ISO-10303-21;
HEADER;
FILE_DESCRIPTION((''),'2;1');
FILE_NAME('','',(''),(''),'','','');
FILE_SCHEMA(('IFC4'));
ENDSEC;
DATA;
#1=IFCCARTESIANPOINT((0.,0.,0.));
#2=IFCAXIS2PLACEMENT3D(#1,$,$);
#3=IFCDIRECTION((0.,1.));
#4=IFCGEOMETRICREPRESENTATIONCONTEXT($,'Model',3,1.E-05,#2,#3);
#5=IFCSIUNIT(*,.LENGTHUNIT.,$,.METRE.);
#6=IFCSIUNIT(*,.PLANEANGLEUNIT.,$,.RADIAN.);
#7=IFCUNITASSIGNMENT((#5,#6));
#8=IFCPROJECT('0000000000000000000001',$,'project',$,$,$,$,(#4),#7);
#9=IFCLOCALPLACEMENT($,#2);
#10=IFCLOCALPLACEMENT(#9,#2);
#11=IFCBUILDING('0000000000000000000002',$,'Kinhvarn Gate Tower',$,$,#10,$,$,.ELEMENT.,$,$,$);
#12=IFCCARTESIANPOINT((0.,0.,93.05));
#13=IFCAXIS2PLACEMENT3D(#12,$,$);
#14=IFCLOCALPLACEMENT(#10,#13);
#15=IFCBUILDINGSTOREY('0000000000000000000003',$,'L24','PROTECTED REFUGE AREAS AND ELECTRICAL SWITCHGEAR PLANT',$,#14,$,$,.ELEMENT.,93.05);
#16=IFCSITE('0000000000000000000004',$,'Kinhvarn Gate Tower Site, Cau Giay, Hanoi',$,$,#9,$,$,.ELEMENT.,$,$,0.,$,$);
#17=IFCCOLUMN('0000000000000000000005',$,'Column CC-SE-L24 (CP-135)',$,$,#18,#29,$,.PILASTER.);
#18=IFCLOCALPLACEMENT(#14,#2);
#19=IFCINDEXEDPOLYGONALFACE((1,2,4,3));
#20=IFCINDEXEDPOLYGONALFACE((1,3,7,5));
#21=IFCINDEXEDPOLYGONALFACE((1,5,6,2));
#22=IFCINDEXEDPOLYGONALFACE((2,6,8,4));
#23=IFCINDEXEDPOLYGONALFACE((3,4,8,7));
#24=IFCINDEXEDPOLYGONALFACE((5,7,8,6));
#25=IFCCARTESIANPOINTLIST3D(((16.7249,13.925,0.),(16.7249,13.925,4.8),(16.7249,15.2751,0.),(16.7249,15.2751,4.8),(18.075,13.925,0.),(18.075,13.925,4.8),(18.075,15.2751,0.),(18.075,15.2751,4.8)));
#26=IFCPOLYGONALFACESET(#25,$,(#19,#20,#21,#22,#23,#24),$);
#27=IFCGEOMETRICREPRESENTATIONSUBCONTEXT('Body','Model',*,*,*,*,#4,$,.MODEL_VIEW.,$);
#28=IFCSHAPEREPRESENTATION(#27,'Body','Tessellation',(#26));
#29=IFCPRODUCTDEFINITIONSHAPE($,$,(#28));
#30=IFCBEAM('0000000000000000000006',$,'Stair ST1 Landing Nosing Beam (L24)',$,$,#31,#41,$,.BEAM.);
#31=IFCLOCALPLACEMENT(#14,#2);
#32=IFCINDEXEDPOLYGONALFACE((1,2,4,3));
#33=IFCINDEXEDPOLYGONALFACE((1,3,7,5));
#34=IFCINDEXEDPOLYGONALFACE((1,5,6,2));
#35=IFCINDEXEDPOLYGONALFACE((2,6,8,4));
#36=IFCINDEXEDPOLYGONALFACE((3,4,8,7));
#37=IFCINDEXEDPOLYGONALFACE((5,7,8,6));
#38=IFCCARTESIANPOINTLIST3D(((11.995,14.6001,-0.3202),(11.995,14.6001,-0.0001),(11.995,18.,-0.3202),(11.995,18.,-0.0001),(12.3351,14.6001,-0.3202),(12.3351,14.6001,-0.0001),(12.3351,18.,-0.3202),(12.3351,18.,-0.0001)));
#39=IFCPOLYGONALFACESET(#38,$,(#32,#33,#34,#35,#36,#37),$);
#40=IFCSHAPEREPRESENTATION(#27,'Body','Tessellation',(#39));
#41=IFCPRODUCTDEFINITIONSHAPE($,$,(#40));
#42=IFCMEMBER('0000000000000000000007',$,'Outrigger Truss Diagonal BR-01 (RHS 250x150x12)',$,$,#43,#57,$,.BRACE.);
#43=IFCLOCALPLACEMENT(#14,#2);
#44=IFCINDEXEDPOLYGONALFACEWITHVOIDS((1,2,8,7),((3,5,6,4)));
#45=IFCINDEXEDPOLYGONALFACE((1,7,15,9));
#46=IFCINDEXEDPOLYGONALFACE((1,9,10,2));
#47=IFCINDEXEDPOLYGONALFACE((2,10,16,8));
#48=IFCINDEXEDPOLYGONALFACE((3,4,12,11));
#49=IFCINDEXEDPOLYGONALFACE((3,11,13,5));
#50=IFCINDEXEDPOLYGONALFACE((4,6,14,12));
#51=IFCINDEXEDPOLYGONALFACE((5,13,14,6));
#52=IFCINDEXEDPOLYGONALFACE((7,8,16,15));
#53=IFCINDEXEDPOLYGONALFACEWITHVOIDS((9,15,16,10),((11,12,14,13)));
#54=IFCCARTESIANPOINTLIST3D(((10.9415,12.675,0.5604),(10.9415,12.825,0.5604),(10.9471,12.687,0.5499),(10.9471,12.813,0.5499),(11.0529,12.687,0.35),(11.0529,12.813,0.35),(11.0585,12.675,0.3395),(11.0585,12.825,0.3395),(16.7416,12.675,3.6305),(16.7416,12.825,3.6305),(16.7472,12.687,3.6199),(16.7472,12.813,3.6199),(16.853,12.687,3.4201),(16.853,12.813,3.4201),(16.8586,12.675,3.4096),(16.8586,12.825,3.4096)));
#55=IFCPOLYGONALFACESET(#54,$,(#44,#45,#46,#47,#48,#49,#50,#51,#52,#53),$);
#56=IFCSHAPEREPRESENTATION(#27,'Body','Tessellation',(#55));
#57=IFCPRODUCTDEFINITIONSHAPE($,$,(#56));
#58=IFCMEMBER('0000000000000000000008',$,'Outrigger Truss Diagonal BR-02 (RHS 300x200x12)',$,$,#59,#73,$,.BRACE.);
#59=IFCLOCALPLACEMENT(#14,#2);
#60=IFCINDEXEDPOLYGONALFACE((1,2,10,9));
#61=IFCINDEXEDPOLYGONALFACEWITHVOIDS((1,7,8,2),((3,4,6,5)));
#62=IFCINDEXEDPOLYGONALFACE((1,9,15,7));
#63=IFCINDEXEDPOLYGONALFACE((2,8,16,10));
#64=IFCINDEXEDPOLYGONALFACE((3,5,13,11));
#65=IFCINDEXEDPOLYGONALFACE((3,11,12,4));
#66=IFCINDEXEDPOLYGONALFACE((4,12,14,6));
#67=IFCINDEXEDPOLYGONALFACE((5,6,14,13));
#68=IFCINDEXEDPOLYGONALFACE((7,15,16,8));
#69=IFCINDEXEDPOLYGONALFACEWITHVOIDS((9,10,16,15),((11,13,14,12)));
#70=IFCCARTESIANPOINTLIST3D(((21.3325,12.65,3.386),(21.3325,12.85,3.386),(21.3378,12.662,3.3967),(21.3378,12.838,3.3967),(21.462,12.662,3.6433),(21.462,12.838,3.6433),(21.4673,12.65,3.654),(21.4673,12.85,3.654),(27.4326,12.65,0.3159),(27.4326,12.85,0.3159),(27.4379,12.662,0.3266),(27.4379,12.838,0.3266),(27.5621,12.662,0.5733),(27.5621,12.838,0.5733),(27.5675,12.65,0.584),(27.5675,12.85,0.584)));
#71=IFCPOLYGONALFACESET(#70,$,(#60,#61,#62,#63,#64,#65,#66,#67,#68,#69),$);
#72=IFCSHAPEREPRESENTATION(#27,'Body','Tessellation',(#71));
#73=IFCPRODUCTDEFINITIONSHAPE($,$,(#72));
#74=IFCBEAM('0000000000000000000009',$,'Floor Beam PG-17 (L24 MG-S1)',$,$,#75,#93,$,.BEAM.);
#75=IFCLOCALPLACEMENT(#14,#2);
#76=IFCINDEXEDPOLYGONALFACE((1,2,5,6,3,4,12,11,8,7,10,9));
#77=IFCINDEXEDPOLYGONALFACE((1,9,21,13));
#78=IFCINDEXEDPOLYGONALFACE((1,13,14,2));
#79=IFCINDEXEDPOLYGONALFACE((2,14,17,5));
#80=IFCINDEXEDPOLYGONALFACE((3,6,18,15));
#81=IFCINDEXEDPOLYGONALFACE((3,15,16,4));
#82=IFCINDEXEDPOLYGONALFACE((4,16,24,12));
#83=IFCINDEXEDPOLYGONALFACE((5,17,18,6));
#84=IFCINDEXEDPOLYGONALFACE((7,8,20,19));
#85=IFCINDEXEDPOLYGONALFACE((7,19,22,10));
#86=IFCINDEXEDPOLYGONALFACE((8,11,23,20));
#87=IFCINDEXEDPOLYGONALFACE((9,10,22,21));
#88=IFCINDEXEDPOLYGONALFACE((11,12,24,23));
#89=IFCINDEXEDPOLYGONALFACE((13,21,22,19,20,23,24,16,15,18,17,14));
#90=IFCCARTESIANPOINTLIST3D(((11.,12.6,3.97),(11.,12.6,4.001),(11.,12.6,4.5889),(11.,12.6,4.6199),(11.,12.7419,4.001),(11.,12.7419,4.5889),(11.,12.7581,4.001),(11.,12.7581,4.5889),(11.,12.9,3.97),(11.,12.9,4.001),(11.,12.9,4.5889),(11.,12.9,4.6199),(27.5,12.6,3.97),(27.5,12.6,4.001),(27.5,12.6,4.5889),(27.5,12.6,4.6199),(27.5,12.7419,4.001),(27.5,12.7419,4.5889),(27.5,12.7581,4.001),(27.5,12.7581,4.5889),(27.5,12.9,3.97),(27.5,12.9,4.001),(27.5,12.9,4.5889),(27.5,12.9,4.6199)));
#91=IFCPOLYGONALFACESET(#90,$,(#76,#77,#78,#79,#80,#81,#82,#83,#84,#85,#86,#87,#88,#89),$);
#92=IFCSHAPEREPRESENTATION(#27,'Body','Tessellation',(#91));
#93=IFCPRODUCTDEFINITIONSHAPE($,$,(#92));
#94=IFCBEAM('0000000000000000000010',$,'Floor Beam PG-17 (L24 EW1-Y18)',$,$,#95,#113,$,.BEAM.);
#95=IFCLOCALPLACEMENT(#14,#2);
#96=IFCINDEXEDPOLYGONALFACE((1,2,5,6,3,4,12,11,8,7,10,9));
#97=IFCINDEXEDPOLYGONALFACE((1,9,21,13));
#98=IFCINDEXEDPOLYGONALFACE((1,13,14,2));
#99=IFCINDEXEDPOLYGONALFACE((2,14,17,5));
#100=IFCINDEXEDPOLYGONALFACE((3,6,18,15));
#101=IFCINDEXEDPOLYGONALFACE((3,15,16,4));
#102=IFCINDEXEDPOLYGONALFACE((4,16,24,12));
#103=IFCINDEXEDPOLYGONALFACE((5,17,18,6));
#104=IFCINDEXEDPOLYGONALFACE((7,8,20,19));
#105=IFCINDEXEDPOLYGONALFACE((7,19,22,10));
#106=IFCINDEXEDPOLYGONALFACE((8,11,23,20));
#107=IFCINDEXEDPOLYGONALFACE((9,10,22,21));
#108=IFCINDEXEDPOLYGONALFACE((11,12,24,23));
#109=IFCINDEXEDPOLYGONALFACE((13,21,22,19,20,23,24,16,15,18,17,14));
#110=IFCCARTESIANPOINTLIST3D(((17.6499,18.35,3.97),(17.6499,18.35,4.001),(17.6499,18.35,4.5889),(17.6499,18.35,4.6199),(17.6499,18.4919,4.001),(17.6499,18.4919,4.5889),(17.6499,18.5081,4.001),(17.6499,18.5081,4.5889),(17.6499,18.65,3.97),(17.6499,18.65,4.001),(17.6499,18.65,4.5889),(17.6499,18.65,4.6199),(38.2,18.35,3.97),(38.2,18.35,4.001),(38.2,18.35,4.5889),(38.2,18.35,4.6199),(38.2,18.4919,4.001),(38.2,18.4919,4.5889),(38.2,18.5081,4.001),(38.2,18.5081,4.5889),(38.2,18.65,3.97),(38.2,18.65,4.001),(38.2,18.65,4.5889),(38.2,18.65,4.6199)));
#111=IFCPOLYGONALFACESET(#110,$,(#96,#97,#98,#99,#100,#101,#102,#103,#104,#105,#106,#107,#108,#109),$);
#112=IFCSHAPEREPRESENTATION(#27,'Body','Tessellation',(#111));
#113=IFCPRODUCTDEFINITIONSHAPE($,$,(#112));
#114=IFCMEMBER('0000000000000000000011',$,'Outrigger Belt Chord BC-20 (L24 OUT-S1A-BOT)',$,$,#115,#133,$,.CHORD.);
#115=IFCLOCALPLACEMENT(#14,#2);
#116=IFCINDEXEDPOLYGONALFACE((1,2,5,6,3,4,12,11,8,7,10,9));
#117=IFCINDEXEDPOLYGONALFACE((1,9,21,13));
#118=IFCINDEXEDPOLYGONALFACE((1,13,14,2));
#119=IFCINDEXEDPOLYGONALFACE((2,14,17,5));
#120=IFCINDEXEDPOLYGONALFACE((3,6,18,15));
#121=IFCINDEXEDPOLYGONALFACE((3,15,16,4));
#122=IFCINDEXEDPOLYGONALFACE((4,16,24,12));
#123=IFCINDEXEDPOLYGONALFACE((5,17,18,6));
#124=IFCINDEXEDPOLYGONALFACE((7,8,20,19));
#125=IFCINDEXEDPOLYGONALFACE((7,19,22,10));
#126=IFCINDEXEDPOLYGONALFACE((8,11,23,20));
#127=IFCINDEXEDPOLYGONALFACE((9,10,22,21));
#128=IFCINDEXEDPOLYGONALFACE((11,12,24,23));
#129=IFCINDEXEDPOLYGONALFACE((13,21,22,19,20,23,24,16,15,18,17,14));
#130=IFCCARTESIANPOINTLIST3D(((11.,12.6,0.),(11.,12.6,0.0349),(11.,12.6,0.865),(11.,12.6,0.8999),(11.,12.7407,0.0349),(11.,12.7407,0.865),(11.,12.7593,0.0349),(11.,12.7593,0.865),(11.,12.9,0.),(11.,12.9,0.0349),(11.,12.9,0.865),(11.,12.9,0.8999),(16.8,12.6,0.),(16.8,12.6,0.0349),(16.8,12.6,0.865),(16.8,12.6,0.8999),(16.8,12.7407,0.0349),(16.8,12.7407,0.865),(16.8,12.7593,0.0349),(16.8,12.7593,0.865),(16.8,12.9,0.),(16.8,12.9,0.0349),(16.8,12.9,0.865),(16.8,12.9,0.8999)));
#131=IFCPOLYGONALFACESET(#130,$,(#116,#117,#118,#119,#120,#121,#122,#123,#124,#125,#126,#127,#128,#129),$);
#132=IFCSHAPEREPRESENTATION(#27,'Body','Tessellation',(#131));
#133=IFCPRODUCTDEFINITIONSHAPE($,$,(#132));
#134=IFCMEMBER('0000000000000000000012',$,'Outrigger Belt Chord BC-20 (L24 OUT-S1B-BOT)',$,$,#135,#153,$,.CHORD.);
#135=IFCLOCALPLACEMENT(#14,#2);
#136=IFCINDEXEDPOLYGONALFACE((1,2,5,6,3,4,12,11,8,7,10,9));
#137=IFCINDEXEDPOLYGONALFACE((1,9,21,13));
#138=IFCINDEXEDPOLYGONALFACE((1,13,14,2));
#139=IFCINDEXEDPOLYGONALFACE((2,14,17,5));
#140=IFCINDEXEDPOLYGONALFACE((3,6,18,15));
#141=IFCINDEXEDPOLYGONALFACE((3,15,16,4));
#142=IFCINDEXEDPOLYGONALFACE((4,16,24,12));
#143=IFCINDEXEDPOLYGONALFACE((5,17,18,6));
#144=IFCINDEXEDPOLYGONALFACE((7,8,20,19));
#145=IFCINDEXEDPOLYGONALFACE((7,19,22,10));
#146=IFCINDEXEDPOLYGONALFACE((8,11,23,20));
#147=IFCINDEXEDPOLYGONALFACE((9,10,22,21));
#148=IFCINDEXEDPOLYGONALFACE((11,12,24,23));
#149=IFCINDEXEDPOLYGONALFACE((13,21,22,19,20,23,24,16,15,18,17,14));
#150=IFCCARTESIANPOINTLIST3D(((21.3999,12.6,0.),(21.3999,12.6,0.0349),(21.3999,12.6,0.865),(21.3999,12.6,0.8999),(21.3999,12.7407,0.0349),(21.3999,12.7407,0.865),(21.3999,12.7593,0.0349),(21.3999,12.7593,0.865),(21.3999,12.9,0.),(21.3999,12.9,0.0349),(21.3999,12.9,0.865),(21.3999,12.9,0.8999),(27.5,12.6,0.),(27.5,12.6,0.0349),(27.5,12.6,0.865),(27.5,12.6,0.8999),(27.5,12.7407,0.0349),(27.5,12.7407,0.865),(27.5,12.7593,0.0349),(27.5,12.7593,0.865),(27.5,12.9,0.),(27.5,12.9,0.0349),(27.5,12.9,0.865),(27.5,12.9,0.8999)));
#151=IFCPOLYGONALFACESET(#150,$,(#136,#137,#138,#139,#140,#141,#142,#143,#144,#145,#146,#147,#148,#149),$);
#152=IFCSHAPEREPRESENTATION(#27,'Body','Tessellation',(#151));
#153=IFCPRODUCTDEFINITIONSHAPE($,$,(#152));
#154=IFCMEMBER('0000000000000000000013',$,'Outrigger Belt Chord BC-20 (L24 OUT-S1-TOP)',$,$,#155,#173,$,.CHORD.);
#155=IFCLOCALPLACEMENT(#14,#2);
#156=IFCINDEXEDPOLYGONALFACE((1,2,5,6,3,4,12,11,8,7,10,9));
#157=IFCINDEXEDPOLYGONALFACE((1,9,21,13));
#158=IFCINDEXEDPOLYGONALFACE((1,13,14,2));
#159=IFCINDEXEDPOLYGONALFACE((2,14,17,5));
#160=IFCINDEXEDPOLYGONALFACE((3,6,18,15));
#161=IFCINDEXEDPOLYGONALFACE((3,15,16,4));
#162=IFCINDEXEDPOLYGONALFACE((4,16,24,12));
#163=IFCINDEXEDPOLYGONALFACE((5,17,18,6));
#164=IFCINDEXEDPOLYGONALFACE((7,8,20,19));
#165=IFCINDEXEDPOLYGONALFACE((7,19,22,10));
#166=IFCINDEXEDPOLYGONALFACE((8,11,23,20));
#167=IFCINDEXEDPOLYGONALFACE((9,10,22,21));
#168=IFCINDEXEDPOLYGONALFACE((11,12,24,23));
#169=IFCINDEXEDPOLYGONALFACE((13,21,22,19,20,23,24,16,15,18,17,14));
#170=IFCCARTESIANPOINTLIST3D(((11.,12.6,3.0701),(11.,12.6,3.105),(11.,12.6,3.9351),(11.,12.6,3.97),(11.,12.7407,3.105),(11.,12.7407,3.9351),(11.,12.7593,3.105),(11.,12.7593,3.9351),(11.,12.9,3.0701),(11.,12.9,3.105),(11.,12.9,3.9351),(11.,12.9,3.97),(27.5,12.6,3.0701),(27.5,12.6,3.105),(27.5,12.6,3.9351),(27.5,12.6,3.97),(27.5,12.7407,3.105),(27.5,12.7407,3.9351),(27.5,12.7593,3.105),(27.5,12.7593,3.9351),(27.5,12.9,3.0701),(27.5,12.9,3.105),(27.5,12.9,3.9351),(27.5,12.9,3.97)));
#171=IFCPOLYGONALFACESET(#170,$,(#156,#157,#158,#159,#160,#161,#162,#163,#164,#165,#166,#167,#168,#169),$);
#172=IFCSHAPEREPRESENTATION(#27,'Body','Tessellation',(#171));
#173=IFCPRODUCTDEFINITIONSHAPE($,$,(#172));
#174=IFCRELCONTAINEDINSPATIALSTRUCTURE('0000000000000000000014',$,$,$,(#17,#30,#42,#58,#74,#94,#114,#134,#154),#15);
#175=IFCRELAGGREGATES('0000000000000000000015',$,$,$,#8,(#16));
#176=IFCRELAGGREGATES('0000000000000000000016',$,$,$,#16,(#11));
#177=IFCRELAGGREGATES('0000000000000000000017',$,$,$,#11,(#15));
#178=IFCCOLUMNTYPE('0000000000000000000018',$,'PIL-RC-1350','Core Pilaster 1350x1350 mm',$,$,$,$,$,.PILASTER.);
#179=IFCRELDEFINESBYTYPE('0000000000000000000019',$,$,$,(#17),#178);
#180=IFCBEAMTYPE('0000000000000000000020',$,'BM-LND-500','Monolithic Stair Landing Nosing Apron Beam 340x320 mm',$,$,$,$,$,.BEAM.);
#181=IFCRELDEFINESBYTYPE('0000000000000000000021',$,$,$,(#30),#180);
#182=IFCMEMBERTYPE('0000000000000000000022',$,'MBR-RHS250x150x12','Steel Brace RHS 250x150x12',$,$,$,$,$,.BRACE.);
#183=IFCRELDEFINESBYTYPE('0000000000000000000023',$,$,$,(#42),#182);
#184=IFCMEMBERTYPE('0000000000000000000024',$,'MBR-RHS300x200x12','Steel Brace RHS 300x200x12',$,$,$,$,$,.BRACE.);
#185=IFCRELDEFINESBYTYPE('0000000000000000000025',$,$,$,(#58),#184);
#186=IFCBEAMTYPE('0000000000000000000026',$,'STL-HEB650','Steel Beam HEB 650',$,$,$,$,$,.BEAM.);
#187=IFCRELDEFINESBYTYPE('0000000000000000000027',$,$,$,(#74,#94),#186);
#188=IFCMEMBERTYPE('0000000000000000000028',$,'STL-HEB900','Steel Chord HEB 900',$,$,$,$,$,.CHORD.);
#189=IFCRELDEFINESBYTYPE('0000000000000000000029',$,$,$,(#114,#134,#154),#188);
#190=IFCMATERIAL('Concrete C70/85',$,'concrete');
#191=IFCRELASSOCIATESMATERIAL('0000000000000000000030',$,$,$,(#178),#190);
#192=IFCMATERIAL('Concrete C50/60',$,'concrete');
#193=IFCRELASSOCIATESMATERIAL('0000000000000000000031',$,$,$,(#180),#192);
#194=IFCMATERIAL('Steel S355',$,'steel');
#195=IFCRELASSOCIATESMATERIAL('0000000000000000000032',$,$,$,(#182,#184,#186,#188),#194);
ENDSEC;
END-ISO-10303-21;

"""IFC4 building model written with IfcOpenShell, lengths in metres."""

from ifc_helpers import new_model, si_unit, direction, frame, origin, origin_2d, place, context, subcontext, project, spatial, rectangle, hollow_rectangle, i_section, extrude, material, material_profile, profile_set, type_object, element, save


model = new_model("IFC4")

# Units and contexts
model_context = context("Model", 3, precision=1e-05, world=origin(), true_north=direction((0.0, 1.0)))
body_context = subcontext(model_context, "Body", "Model", "MODEL_VIEW")
ifc_project = project(units=[si_unit("LENGTHUNIT", "METRE"), si_unit("PLANEANGLEUNIT", "RADIAN")], contexts=[model_context])

# Site, building, storey
site_placement = place(None, origin())
site = spatial("IfcSite", under=ifc_project, at=site_placement, Name="Kinhvarn Gate Tower Site, Cau Giay, Hanoi", CompositionType="ELEMENT", RefElevation=0.0)
building_placement = place(site_placement, origin())
building = spatial("IfcBuilding", under=site, at=building_placement, Name="Kinhvarn Gate Tower", CompositionType="ELEMENT")
storey_placement = place(building_placement, frame((0.0, 0.0, 93.05)))
storey = spatial("IfcBuildingStorey", under=building, at=storey_placement, Name="L24", Description="PROTECTED REFUGE AREAS AND ELECTRICAL SWITCHGEAR PLANT", CompositionType="ELEMENT", Elevation=93.05)

# Column
ifc_material_1 = material(Name="Concrete C70/85", Category="concrete")
ifc_material_profile_1 = material_profile(ifc_material_1, rectangle(XDim=1.3501, YDim=1.3501, at=origin_2d()), Name="RC 1350x1350")
ifc_profile_set_1 = profile_set([ifc_material_profile_1], Name="Concrete C70/85")
column_type = type_object("IfcColumnType", Name="PIL-RC-1350", Description="Core Pilaster 1350x1350 mm", PredefinedType="PILASTER", material=ifc_profile_set_1)
column_placement = place(storey_placement, frame((17.3999, 14.6001, 0.0), z_axis=(0.0, 0.0, 1.0), x_axis=(1.0, 0.0, 0.0)))
element("IfcColumn", 1, at=column_placement, inside=storey, type_object=column_type, Name="Column CC-SE-L24 (CP-135)", PredefinedType="PILASTER", context=body_context, shape_type="SweptSolid", body=[
    extrude(rectangle(XDim=1.3501, YDim=1.3501, at=origin_2d()), origin(), (0.0, 0.0, 1.0), 4.8),
])

# Beam
ifc_material_2 = material(Name="Concrete C50/60", Category="concrete")
ifc_material_profile_2 = material_profile(ifc_material_2, rectangle(XDim=0.3401, YDim=0.3201, at=origin_2d()), Name="RC 340x320")
ifc_profile_set_2 = profile_set([ifc_material_profile_2], Name="Concrete C50/60")
beam_type_1 = type_object("IfcBeamType", Name="BM-LND-500", Description="Monolithic Stair Landing Nosing Apron Beam 340x320 mm", PredefinedType="BEAM", material=ifc_profile_set_2)
beam_1_placement = place(storey_placement, frame((12.165, 14.6001, -0.1602), z_axis=(0.0, 1.0, 0.0), x_axis=(-1.0, 0.0, 0.0)))
element("IfcBeam", 2, at=beam_1_placement, inside=storey, type_object=beam_type_1, Name="Stair ST1 Landing Nosing Beam (L24)", PredefinedType="BEAM", context=body_context, shape_type="SweptSolid", body=[
    extrude(rectangle(XDim=0.3401, YDim=0.3201, at=origin_2d()), origin(), (0.0, 0.0, 1.0), 3.3999),
])

# Members
ifc_material_3 = material(Name="Steel S355", Category="steel")
ifc_material_profile_3 = material_profile(ifc_material_3, hollow_rectangle(XDim=0.1499, YDim=0.25, WallThickness=0.012, at=origin_2d()), Name="RHS 250x150x12")
ifc_profile_set_3 = profile_set([ifc_material_profile_3], Name="Steel S355")
member_type_1 = type_object("IfcMemberType", Name="MBR-RHS250x150x12", Description="Steel Brace RHS 250x150x12", PredefinedType="BRACE", material=ifc_profile_set_3)
member_1_placement = place(storey_placement, frame((11.0, 12.75, 0.45), z_axis=(0.883822, 0.0, 0.467823), x_axis=(0.0, 1.0, 0.0)))
element("IfcMember", 3, at=member_1_placement, inside=storey, type_object=member_type_1, Name="Outrigger Truss Diagonal BR-01 (RHS 250x150x12)", PredefinedType="BRACE", context=body_context, shape_type="SweptSolid", body=[
    extrude(hollow_rectangle(XDim=0.1499, YDim=0.25, WallThickness=0.012, at=origin_2d()), origin(), (0.0, 0.0, 1.0), 6.5625),
])
ifc_material_profile_4 = material_profile(ifc_material_3, hollow_rectangle(XDim=0.2, YDim=0.3, WallThickness=0.012, at=origin_2d()), Name="RHS 300x200x12")
ifc_profile_set_4 = profile_set([ifc_material_profile_4], Name="Steel S355")
member_type_2 = type_object("IfcMemberType", Name="MBR-RHS300x200x12", Description="Steel Brace RHS 300x200x12", PredefinedType="BRACE", material=ifc_profile_set_4)
member_2_placement = place(storey_placement, frame((21.3999, 12.75, 3.52), z_axis=(0.893252, 0.0, -0.449557), x_axis=(0.0, 1.0, 0.0)))
element("IfcMember", 4, at=member_2_placement, inside=storey, type_object=member_type_2, Name="Outrigger Truss Diagonal BR-02 (RHS 300x200x12)", PredefinedType="BRACE", context=body_context, shape_type="SweptSolid", body=[
    extrude(hollow_rectangle(XDim=0.2, YDim=0.3, WallThickness=0.012, at=origin_2d()), origin(), (0.0, 0.0, 1.0), 6.8291),
])

# Beams
ifc_material_profile_5 = material_profile(ifc_material_3, i_section(OverallWidth=0.3, OverallDepth=0.6499, WebThickness=0.0161, FlangeThickness=0.031, at=origin_2d()), Name="HEB 650")
ifc_profile_set_5 = profile_set([ifc_material_profile_5], Name="Steel S355")
beam_type_2 = type_object("IfcBeamType", Name="STL-HEB650", Description="Steel Beam HEB 650", PredefinedType="BEAM", material=ifc_profile_set_5)
beam_2_placement = place(storey_placement, frame((11.0, 12.75, 4.2949), z_axis=(1.0, 0.0, 0.0), x_axis=(0.0, 1.0, 0.0)))
element("IfcBeam", 5, at=beam_2_placement, inside=storey, type_object=beam_type_2, Name="Floor Beam PG-17 (L24 MG-S1)", PredefinedType="BEAM", context=body_context, shape_type="SweptSolid", body=[
    extrude(i_section(OverallWidth=0.3, OverallDepth=0.6499, WebThickness=0.0161, FlangeThickness=0.031, at=origin_2d()), origin(), (0.0, 0.0, 1.0), 16.5),
])
beam_3_placement = place(storey_placement, frame((17.6499, 18.5, 4.2949), z_axis=(1.0, 0.0, 0.0), x_axis=(0.0, 1.0, 0.0)))
element("IfcBeam", 6, at=beam_3_placement, inside=storey, type_object=beam_type_2, Name="Floor Beam PG-17 (L24 EW1-Y18)", PredefinedType="BEAM", context=body_context, shape_type="SweptSolid", body=[
    extrude(i_section(OverallWidth=0.3, OverallDepth=0.6499, WebThickness=0.0161, FlangeThickness=0.031, at=origin_2d()), origin(), (0.0, 0.0, 1.0), 20.55),
])

# Members
ifc_material_profile_6 = material_profile(ifc_material_3, i_section(OverallWidth=0.3, OverallDepth=0.8999, WebThickness=0.0186, FlangeThickness=0.0349, at=origin_2d()), Name="HEB 900")
ifc_profile_set_6 = profile_set([ifc_material_profile_6], Name="Steel S355")
member_type_3 = type_object("IfcMemberType", Name="STL-HEB900", Description="Steel Chord HEB 900", PredefinedType="CHORD", material=ifc_profile_set_6)
member_3_placement = place(storey_placement, frame((11.0, 12.75, 0.45), z_axis=(1.0, 0.0, 0.0), x_axis=(0.0, 1.0, 0.0)))
element("IfcMember", 7, at=member_3_placement, inside=storey, type_object=member_type_3, Name="Outrigger Belt Chord BC-20 (L24 OUT-S1A-BOT)", PredefinedType="CHORD", context=body_context, shape_type="SweptSolid", body=[
    extrude(i_section(OverallWidth=0.3, OverallDepth=0.8999, WebThickness=0.0186, FlangeThickness=0.0349, at=origin_2d()), origin(), (0.0, 0.0, 1.0), 5.8),
])
member_4_placement = place(storey_placement, frame((21.3999, 12.75, 0.45), z_axis=(1.0, 0.0, 0.0), x_axis=(0.0, 1.0, 0.0)))
element("IfcMember", 8, at=member_4_placement, inside=storey, type_object=member_type_3, Name="Outrigger Belt Chord BC-20 (L24 OUT-S1B-BOT)", PredefinedType="CHORD", context=body_context, shape_type="SweptSolid", body=[
    extrude(i_section(OverallWidth=0.3, OverallDepth=0.8999, WebThickness=0.0186, FlangeThickness=0.0349, at=origin_2d()), origin(), (0.0, 0.0, 1.0), 6.1001),
])
member_5_placement = place(storey_placement, frame((11.0, 12.75, 3.52), z_axis=(1.0, 0.0, 0.0), x_axis=(0.0, 1.0, 0.0)))
element("IfcMember", 9, at=member_5_placement, inside=storey, type_object=member_type_3, Name="Outrigger Belt Chord BC-20 (L24 OUT-S1-TOP)", PredefinedType="CHORD", context=body_context, shape_type="SweptSolid", body=[
    extrude(i_section(OverallWidth=0.3, OverallDepth=0.8999, WebThickness=0.0186, FlangeThickness=0.0349, at=origin_2d()), origin(), (0.0, 0.0, 1.0), 16.5),
])

save(model, "model.ifc")
